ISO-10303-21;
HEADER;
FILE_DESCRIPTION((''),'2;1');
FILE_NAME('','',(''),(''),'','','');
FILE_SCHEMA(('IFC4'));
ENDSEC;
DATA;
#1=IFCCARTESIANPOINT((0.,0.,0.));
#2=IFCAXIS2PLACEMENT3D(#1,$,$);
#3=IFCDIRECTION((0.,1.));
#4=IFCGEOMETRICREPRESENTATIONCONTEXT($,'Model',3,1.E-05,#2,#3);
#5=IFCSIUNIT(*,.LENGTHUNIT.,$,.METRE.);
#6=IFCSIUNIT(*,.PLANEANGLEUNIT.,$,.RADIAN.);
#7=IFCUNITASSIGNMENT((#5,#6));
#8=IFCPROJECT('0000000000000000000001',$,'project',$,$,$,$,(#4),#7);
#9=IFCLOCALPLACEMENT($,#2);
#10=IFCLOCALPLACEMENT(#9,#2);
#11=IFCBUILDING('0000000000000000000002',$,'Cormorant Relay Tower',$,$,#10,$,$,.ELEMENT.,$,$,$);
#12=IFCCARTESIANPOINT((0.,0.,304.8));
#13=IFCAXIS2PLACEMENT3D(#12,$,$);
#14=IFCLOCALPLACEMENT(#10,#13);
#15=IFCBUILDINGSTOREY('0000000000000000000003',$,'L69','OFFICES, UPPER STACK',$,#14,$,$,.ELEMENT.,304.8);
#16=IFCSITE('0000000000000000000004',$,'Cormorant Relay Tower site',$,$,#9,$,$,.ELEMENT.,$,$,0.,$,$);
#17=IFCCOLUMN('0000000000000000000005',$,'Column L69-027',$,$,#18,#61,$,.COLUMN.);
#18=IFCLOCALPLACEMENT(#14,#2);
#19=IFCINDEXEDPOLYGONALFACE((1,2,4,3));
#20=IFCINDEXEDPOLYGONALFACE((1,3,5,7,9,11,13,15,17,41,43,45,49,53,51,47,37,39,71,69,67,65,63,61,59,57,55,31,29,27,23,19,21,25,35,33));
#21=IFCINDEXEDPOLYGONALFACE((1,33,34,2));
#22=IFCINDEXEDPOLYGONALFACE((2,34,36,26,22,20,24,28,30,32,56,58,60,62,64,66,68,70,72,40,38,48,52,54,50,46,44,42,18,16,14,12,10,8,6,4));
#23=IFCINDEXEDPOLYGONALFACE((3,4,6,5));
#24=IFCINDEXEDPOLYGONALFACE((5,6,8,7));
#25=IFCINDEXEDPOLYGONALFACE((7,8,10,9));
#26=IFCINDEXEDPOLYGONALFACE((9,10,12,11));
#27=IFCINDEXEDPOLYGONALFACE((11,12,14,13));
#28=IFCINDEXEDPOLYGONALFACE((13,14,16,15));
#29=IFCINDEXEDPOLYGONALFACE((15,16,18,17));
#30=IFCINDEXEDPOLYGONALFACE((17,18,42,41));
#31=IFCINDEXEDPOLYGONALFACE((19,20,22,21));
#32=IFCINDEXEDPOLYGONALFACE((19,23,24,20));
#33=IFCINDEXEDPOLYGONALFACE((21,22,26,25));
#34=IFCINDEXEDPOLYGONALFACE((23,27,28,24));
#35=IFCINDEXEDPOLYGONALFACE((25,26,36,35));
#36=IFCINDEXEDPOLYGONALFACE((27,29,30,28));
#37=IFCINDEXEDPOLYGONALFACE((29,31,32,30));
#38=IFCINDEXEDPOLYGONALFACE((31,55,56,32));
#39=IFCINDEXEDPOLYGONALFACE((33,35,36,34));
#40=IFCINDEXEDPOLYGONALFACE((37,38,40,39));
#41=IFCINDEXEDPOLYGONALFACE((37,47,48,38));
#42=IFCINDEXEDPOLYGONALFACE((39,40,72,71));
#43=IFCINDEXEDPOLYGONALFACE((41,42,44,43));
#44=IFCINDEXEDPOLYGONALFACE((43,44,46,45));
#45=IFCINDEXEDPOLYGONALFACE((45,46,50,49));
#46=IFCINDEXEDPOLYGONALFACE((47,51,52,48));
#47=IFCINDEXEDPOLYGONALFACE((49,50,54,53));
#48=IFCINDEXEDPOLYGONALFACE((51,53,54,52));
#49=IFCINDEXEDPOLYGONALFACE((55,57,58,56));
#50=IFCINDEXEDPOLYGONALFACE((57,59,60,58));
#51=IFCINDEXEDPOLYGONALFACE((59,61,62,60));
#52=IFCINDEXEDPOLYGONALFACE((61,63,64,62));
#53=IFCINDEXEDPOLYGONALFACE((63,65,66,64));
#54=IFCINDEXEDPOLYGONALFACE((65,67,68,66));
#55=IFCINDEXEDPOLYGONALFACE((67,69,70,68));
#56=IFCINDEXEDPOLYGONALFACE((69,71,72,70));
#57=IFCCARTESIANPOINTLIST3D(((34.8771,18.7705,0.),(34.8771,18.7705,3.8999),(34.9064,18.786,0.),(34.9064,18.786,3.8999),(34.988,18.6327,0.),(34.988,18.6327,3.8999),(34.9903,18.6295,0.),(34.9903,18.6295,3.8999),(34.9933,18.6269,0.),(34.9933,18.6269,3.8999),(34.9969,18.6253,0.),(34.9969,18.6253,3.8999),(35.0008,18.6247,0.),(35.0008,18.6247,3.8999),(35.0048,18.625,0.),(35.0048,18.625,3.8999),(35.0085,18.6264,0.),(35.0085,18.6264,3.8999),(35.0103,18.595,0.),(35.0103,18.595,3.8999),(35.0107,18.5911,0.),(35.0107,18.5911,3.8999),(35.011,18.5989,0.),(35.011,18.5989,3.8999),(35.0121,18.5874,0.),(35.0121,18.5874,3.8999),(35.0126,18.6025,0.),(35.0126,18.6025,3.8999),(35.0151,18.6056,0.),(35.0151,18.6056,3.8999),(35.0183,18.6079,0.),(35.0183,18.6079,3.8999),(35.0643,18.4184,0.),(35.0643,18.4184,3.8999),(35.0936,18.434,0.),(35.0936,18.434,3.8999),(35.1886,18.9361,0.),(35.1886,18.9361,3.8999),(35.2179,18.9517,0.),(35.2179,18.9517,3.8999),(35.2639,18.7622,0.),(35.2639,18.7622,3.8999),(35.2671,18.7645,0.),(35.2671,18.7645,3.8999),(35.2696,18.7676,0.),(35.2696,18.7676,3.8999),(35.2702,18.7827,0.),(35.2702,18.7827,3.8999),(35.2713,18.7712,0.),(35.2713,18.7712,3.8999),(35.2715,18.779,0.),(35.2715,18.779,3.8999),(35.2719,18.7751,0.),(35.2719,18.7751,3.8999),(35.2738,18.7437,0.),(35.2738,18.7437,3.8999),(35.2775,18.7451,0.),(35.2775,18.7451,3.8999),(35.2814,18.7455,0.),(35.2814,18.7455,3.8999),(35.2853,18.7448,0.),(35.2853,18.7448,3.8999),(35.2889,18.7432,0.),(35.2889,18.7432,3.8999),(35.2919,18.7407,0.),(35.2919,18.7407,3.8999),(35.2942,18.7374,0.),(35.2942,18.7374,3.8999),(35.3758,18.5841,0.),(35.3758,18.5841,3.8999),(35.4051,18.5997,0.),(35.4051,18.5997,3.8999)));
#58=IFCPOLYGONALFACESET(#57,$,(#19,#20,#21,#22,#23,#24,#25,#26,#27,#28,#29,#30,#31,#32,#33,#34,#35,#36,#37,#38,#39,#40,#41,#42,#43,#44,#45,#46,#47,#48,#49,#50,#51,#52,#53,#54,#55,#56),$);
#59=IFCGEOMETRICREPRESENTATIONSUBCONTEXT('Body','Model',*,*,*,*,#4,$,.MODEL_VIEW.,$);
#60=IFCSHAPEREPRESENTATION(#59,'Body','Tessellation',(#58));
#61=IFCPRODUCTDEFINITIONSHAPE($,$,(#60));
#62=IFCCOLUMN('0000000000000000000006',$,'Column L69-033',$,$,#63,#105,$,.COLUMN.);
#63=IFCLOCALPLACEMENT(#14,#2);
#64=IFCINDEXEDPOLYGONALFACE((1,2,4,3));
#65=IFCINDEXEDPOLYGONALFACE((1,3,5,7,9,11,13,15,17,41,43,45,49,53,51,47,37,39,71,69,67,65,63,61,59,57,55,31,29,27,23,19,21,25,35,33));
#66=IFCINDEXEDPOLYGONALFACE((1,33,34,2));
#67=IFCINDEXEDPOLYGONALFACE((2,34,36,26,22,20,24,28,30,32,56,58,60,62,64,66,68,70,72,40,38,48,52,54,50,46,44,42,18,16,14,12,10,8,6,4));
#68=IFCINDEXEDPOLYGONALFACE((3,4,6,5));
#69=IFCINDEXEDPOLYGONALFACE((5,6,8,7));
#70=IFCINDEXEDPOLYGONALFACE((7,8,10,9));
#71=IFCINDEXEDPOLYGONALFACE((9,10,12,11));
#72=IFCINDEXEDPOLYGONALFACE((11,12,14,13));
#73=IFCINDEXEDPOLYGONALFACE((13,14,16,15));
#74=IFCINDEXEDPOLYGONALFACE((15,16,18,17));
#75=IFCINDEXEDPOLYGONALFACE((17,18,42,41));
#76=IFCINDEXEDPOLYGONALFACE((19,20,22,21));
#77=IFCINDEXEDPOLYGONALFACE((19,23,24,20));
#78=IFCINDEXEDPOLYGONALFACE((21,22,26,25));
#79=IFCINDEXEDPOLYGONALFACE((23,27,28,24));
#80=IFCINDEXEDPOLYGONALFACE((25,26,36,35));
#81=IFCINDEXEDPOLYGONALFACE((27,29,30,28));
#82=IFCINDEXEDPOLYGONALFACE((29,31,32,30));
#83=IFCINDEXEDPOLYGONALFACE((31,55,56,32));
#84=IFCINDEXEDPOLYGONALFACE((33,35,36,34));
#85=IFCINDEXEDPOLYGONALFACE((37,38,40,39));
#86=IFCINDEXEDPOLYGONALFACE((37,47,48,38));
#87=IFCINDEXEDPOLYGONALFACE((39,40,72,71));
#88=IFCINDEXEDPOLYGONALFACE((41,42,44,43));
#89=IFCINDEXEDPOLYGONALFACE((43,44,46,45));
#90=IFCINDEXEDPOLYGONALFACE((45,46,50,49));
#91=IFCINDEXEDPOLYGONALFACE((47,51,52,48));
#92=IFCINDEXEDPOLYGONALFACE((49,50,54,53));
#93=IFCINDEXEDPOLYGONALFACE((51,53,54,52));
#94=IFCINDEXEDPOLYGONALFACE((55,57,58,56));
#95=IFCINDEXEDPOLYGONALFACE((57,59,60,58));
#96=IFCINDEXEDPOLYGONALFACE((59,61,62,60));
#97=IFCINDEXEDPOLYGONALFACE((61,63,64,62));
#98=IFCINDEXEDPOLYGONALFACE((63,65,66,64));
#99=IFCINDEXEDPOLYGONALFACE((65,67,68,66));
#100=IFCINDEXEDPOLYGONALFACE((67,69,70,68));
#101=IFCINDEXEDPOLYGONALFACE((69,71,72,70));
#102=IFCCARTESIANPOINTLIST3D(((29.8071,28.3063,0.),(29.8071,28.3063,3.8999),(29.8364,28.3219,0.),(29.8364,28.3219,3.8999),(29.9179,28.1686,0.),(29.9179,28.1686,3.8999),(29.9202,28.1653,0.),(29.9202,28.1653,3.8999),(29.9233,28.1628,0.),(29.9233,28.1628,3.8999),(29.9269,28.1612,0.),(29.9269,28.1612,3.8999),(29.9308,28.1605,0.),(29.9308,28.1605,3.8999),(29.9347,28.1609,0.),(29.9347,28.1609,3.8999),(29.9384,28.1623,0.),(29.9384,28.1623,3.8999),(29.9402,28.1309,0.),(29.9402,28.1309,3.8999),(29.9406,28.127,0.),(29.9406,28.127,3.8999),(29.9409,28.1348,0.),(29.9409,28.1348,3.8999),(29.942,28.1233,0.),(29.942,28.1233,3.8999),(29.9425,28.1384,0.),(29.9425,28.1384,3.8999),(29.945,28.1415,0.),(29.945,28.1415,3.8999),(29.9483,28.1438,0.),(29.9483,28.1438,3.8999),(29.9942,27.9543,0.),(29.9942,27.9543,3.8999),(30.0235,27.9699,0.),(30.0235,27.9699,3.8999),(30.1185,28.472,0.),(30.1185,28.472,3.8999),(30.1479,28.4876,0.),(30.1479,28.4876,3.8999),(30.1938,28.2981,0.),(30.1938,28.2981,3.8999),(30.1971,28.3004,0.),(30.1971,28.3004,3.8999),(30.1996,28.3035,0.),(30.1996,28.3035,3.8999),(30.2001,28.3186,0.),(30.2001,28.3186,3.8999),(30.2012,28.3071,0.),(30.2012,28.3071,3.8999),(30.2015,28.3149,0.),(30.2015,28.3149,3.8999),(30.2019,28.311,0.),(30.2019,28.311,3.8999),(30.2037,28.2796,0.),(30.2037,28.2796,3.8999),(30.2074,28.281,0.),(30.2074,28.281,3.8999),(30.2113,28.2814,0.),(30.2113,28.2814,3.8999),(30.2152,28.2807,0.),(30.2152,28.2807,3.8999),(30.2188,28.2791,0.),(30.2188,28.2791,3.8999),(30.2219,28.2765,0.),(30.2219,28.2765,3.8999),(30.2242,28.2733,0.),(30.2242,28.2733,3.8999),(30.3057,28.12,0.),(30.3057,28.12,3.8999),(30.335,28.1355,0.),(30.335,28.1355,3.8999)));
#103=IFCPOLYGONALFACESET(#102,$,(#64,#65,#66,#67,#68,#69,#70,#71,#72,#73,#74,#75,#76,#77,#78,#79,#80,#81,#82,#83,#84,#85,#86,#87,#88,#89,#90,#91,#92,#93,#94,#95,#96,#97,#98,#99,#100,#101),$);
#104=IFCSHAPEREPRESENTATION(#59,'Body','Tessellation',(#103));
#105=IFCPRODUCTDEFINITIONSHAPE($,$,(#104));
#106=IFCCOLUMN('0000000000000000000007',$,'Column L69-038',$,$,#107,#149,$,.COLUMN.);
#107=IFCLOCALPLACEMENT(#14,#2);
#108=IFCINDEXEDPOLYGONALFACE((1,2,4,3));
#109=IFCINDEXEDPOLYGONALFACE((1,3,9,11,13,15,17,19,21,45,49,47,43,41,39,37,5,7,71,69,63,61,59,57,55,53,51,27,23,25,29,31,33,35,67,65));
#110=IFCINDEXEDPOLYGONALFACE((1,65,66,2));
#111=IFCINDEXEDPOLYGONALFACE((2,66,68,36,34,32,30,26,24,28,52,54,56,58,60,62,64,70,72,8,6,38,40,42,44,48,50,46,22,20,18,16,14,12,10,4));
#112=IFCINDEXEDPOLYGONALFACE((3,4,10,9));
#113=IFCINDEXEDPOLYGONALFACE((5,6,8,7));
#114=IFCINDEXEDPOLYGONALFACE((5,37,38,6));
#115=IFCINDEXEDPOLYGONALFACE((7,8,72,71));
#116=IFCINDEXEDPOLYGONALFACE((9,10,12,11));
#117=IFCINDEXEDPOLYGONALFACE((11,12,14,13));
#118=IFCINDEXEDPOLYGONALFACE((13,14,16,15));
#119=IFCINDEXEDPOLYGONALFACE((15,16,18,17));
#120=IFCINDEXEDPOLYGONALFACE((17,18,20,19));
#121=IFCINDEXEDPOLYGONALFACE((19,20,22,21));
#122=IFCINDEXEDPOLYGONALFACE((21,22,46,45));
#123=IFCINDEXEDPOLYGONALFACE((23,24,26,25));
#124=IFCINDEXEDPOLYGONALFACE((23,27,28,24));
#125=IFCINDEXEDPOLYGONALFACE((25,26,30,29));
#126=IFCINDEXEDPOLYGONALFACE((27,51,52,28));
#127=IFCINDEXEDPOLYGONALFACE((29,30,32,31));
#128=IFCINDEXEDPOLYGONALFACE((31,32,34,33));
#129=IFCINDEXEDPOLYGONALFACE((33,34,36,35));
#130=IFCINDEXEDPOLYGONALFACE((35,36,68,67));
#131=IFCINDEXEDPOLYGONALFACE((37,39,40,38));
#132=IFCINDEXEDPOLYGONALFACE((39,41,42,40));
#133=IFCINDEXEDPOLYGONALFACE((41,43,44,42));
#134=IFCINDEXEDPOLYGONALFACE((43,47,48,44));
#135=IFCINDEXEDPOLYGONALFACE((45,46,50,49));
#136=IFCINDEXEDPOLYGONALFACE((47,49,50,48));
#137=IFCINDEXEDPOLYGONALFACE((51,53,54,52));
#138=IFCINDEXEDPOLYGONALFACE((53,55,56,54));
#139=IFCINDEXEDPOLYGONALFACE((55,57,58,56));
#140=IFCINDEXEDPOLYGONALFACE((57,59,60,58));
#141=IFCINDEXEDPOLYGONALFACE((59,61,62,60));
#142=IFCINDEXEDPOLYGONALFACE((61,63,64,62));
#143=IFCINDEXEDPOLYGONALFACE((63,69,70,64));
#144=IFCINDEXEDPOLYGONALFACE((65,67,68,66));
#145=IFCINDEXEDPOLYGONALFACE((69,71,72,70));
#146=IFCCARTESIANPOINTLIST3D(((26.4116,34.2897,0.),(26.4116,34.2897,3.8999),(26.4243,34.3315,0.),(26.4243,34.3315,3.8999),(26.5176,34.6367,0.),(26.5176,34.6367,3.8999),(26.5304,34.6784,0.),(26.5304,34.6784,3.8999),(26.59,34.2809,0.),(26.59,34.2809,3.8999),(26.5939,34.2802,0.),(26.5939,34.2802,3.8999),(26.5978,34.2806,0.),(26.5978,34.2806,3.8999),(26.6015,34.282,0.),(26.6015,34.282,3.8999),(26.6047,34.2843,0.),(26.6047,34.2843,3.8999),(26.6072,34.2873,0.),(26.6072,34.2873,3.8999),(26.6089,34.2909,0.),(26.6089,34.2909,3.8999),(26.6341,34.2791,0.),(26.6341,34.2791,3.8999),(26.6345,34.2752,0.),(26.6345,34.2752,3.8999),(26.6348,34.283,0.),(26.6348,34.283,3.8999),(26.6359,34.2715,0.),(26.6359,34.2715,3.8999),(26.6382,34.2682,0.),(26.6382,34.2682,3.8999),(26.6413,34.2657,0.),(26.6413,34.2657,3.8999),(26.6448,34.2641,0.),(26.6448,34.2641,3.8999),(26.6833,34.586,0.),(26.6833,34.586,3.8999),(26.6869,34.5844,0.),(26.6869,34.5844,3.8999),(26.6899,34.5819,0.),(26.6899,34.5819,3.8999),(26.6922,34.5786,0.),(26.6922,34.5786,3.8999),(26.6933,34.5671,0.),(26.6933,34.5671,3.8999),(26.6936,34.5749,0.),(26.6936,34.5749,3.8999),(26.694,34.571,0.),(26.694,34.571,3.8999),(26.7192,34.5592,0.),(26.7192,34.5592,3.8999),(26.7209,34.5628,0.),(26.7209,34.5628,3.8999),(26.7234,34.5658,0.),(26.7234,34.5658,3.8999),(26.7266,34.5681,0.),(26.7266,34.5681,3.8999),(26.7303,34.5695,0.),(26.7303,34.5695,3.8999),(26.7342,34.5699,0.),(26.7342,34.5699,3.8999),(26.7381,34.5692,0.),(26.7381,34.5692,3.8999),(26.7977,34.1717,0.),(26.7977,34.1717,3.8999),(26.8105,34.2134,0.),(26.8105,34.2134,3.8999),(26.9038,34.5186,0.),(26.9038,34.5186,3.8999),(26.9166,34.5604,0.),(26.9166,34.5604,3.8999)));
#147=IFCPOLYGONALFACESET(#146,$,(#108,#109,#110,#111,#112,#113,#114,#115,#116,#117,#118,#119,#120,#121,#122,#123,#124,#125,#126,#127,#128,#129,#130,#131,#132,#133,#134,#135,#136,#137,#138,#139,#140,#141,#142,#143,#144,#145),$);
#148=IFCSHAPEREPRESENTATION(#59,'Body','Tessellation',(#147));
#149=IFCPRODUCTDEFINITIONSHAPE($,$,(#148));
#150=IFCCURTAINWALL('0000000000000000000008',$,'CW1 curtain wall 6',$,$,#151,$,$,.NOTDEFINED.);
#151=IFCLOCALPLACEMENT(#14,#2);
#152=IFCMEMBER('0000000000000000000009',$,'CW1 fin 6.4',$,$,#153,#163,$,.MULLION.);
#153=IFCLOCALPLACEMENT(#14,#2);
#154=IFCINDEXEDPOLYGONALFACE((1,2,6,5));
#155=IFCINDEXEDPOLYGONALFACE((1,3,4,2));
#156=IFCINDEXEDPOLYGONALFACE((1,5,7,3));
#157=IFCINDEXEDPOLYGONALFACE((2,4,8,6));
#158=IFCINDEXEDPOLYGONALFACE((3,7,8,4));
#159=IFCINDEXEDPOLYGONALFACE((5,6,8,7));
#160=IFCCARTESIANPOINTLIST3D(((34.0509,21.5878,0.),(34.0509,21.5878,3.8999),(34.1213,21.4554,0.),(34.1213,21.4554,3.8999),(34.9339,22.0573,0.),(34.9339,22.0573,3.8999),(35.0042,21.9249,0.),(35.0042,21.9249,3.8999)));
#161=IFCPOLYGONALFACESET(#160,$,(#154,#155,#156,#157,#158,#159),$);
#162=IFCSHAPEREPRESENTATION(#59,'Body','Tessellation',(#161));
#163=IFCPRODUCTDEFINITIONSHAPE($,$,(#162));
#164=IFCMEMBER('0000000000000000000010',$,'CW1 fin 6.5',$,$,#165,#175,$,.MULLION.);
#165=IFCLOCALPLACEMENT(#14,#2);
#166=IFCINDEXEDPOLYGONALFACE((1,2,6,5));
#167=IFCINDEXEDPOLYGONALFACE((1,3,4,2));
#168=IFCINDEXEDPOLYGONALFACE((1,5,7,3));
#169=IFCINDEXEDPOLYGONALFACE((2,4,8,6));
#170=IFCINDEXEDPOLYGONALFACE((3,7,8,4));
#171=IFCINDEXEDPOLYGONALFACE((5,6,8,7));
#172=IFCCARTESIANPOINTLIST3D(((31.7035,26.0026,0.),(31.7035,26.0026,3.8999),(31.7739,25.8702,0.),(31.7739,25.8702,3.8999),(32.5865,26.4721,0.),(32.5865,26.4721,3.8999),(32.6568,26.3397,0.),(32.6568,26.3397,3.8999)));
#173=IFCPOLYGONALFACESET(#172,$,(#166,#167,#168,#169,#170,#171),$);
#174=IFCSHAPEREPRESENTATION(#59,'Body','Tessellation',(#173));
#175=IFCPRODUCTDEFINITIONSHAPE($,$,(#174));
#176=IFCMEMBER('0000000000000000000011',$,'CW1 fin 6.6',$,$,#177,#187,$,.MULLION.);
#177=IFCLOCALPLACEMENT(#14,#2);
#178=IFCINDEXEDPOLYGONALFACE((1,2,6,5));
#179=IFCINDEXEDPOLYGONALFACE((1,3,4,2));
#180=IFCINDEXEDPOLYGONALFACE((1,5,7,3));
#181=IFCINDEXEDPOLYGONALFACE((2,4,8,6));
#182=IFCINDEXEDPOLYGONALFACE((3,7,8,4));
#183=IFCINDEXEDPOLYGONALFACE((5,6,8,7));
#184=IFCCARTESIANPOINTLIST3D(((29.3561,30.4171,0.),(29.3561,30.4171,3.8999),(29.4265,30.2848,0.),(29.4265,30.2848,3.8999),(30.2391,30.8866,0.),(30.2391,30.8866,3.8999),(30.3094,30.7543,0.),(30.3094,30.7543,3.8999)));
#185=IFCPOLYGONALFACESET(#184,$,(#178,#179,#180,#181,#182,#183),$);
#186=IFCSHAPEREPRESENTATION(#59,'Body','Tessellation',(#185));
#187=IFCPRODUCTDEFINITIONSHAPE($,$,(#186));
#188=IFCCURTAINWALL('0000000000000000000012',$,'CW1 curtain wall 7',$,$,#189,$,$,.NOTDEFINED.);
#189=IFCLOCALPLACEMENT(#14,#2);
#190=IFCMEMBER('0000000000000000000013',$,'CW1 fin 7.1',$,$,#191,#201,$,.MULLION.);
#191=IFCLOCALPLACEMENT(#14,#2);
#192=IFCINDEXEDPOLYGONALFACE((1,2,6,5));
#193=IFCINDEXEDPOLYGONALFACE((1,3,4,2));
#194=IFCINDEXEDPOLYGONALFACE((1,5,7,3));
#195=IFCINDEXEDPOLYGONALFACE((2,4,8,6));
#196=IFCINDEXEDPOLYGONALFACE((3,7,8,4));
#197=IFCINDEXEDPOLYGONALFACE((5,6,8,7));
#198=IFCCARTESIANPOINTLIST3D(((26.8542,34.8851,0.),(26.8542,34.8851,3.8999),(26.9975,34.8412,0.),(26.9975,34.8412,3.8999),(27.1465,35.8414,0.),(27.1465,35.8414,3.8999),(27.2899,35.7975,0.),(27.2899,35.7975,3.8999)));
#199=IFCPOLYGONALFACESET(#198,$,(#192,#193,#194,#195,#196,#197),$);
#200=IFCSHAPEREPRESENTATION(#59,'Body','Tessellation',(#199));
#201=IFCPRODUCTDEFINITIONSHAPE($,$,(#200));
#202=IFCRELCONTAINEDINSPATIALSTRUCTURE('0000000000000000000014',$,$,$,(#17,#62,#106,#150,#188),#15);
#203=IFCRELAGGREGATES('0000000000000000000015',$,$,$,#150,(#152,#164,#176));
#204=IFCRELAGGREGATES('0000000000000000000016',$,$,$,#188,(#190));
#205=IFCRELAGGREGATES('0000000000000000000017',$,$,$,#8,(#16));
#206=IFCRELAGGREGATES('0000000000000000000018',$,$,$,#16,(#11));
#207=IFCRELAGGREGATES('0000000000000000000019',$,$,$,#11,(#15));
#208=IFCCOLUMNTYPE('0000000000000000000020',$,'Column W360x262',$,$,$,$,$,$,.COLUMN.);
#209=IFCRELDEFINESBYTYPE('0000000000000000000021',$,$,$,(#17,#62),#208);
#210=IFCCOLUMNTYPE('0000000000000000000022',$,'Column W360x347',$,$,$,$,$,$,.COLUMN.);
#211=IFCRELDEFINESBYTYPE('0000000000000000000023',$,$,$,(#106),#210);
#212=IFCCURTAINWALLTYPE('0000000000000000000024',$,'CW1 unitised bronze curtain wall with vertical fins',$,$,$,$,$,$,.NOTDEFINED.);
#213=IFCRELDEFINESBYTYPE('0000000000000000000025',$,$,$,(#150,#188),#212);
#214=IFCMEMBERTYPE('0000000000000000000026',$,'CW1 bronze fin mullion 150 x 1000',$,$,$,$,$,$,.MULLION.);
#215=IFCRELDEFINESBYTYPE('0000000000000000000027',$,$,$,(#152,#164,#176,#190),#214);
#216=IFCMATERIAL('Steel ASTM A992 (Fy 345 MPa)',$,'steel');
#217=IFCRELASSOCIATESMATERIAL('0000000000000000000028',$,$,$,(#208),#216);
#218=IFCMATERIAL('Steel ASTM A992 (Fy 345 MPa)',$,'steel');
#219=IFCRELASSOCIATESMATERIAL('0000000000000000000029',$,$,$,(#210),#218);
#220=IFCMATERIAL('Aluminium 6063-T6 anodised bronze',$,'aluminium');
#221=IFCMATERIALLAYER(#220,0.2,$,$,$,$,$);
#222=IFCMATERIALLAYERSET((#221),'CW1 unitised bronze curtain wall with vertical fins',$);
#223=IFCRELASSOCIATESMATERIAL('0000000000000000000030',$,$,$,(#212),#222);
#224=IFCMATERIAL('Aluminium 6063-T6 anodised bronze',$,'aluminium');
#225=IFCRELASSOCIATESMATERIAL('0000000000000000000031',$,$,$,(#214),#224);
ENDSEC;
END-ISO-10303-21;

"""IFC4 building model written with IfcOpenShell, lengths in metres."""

from ifc_helpers import new_model, si_unit, direction, frame, origin, origin_2d, place, context, subcontext, project, spatial, rectangle, i_section, extrude, material, layer, layer_set, material_profile, profile_set, type_object, element, aggregate, save


model = new_model("IFC4")

# Units and contexts
model_context = context("Model", 3, precision=1e-05, world=origin(), true_north=direction((0.0, 1.0)))
body_context = subcontext(model_context, "Body", "Model", "MODEL_VIEW")
ifc_project = project(units=[si_unit("LENGTHUNIT", "METRE"), si_unit("PLANEANGLEUNIT", "RADIAN")], contexts=[model_context])

# Site, building, storey
site_placement = place(None, origin())
site = spatial("IfcSite", under=ifc_project, at=site_placement, Name="Cormorant Relay Tower site", CompositionType="ELEMENT", RefElevation=0.0)
building_placement = place(site_placement, origin())
building = spatial("IfcBuilding", under=site, at=building_placement, Name="Cormorant Relay Tower", CompositionType="ELEMENT")
storey_placement = place(building_placement, frame((0.0, 0.0, 304.8)))
storey = spatial("IfcBuildingStorey", under=building, at=storey_placement, Name="L69", Description="OFFICES, UPPER STACK", CompositionType="ELEMENT", Elevation=304.8)

# Columns
ifc_material_1 = material(Name="Steel ASTM A992 (Fy 345 MPa)", Category="steel")
ifc_material_profile_1 = material_profile(ifc_material_1, i_section(OverallWidth=0.3987, OverallDepth=0.386, WebThickness=0.021, FlangeThickness=0.0332, FilletRadius=0.0151, at=origin_2d()), Name="W360x262")
ifc_profile_set_1 = profile_set([ifc_material_profile_1], Name="Steel ASTM A992 (Fy 345 MPa)")
column_type_1 = type_object("IfcColumnType", Name="Column W360x262", PredefinedType="COLUMN", material=ifc_profile_set_1)
for number, where, z_axis, x_axis, name in (
    (1, (35.1411, 18.6851, 0.0), (0.0, 0.0, 1.0), (-0.469472, 0.882948, 0.0), "Column L69-027"),
    (2, (30.071, 28.2209, 0.0), (0.0, 0.0, 1.0), (-0.469472, 0.882948, 0.0), "Column L69-033"),
):
    element("IfcColumn", number, at=place(storey_placement, frame(where, z_axis=z_axis, x_axis=x_axis)), inside=storey, type_object=column_type_1, Name=name, PredefinedType="COLUMN", context=body_context, shape_type="SweptSolid", body=[
        extrude(i_section(OverallWidth=0.3987, OverallDepth=0.386, WebThickness=0.021, FlangeThickness=0.0332, FilletRadius=0.0151, at=origin_2d()), origin(), (0.0, 0.0, 1.0), 3.8999),
    ])
ifc_material_2 = material(Name="Steel ASTM A992 (Fy 345 MPa)", Category="steel")
ifc_material_profile_2 = material_profile(ifc_material_2, i_section(OverallWidth=0.4038, OverallDepth=0.4065, WebThickness=0.0271, FlangeThickness=0.0437, FilletRadius=0.0151, at=origin_2d()), Name="W360x347")
ifc_profile_set_2 = profile_set([ifc_material_profile_2], Name="Steel ASTM A992 (Fy 345 MPa)")
column_type_2 = type_object("IfcColumnType", Name="Column W360x347", PredefinedType="COLUMN", material=ifc_profile_set_2)
column_placement = place(storey_placement, frame((26.6641, 34.425, 0.0), z_axis=(0.0, 0.0, 1.0), x_axis=(-0.956305, 0.292372, 0.0)))
element("IfcColumn", 3, at=column_placement, inside=storey, type_object=column_type_2, Name="Column L69-038", PredefinedType="COLUMN", context=body_context, shape_type="SweptSolid", body=[
    extrude(i_section(OverallWidth=0.4038, OverallDepth=0.4065, WebThickness=0.0271, FlangeThickness=0.0437, FilletRadius=0.0151, at=origin_2d()), origin(), (0.0, 0.0, 1.0), 3.8999),
])

# Curtain walls, members
ifc_material_3 = material(Name="Aluminium 6063-T6 anodised bronze", Category="aluminium")
ifc_layer_1 = layer(ifc_material_3, 0.2)
ifc_layer_set_1 = layer_set([ifc_layer_1], Name="CW1 unitised bronze curtain wall with vertical fins")
curtain_wall_type = type_object("IfcCurtainWallType", Name="CW1 unitised bronze curtain wall with vertical fins", PredefinedType="NOTDEFINED", material=ifc_layer_set_1)
curtain_wall_1_placement = place(storey_placement, origin())
curtain_wall_1 = element("IfcCurtainWall", 4, at=curtain_wall_1_placement, inside=storey, type_object=curtain_wall_type, Name="CW1 curtain wall 6", PredefinedType="NOTDEFINED")
ifc_material_4 = material(Name="Aluminium 6063-T6 anodised bronze", Category="aluminium")
ifc_material_profile_3 = material_profile(ifc_material_4, rectangle(XDim=0.1499, YDim=1.0, at=origin_2d()), Name="AL 150x1000")
ifc_profile_set_3 = profile_set([ifc_material_profile_3], Name="Aluminium 6063-T6 anodised bronze")
member_type_1 = type_object("IfcMemberType", Name="CW1 bronze fin mullion 150 x 1000", PredefinedType="MULLION", material=ifc_profile_set_3)
member_1_placement = place(storey_placement, frame((34.5276, 21.7563, 0.0), z_axis=(0.0, 0.0, 1.0), x_axis=(-0.469472, 0.882948, 0.0)))
member_1 = element("IfcMember", 5, at=member_1_placement, type_object=member_type_1, Name="CW1 fin 6.4", PredefinedType="MULLION", context=body_context, shape_type="SweptSolid", body=[
    extrude(rectangle(XDim=0.1499, YDim=1.0, at=origin_2d()), origin(), (0.0, 0.0, 1.0), 3.8999),
])
member_2_placement = place(storey_placement, frame((32.1802, 26.1711, 0.0), z_axis=(0.0, 0.0, 1.0), x_axis=(-0.469472, 0.882948, 0.0)))
member_2 = element("IfcMember", 6, at=member_2_placement, type_object=member_type_1, Name="CW1 fin 6.5", PredefinedType="MULLION", context=body_context, shape_type="SweptSolid", body=[
    extrude(rectangle(XDim=0.1499, YDim=1.0, at=origin_2d()), origin(), (0.0, 0.0, 1.0), 3.8999),
])
member_3_placement = place(storey_placement, frame((29.8328, 30.5857, 0.0), z_axis=(0.0, 0.0, 1.0), x_axis=(-0.469472, 0.882948, 0.0)))
member_3 = element("IfcMember", 7, at=member_3_placement, type_object=member_type_1, Name="CW1 fin 6.6", PredefinedType="MULLION", context=body_context, shape_type="SweptSolid", body=[
    extrude(rectangle(XDim=0.1499, YDim=1.0, at=origin_2d()), origin(), (0.0, 0.0, 1.0), 3.8999),
])
curtain_wall_2_placement = place(storey_placement, origin())
curtain_wall_2 = element("IfcCurtainWall", 8, at=curtain_wall_2_placement, inside=storey, type_object=curtain_wall_type, Name="CW1 curtain wall 7", PredefinedType="NOTDEFINED")
member_4_placement = place(storey_placement, frame((27.072, 35.3413, 0.0), z_axis=(0.0, 0.0, 1.0), x_axis=(-0.956305, 0.292372, 0.0)))
member_4 = element("IfcMember", 9, at=member_4_placement, type_object=member_type_1, Name="CW1 fin 7.1", PredefinedType="MULLION", context=body_context, shape_type="SweptSolid", body=[
    extrude(rectangle(XDim=0.1499, YDim=1.0, at=origin_2d()), origin(), (0.0, 0.0, 1.0), 3.8999),
])

aggregate(curtain_wall_1, [member_1, member_2, member_3])
aggregate(curtain_wall_2, [member_4])

save(model, "model.ifc")
